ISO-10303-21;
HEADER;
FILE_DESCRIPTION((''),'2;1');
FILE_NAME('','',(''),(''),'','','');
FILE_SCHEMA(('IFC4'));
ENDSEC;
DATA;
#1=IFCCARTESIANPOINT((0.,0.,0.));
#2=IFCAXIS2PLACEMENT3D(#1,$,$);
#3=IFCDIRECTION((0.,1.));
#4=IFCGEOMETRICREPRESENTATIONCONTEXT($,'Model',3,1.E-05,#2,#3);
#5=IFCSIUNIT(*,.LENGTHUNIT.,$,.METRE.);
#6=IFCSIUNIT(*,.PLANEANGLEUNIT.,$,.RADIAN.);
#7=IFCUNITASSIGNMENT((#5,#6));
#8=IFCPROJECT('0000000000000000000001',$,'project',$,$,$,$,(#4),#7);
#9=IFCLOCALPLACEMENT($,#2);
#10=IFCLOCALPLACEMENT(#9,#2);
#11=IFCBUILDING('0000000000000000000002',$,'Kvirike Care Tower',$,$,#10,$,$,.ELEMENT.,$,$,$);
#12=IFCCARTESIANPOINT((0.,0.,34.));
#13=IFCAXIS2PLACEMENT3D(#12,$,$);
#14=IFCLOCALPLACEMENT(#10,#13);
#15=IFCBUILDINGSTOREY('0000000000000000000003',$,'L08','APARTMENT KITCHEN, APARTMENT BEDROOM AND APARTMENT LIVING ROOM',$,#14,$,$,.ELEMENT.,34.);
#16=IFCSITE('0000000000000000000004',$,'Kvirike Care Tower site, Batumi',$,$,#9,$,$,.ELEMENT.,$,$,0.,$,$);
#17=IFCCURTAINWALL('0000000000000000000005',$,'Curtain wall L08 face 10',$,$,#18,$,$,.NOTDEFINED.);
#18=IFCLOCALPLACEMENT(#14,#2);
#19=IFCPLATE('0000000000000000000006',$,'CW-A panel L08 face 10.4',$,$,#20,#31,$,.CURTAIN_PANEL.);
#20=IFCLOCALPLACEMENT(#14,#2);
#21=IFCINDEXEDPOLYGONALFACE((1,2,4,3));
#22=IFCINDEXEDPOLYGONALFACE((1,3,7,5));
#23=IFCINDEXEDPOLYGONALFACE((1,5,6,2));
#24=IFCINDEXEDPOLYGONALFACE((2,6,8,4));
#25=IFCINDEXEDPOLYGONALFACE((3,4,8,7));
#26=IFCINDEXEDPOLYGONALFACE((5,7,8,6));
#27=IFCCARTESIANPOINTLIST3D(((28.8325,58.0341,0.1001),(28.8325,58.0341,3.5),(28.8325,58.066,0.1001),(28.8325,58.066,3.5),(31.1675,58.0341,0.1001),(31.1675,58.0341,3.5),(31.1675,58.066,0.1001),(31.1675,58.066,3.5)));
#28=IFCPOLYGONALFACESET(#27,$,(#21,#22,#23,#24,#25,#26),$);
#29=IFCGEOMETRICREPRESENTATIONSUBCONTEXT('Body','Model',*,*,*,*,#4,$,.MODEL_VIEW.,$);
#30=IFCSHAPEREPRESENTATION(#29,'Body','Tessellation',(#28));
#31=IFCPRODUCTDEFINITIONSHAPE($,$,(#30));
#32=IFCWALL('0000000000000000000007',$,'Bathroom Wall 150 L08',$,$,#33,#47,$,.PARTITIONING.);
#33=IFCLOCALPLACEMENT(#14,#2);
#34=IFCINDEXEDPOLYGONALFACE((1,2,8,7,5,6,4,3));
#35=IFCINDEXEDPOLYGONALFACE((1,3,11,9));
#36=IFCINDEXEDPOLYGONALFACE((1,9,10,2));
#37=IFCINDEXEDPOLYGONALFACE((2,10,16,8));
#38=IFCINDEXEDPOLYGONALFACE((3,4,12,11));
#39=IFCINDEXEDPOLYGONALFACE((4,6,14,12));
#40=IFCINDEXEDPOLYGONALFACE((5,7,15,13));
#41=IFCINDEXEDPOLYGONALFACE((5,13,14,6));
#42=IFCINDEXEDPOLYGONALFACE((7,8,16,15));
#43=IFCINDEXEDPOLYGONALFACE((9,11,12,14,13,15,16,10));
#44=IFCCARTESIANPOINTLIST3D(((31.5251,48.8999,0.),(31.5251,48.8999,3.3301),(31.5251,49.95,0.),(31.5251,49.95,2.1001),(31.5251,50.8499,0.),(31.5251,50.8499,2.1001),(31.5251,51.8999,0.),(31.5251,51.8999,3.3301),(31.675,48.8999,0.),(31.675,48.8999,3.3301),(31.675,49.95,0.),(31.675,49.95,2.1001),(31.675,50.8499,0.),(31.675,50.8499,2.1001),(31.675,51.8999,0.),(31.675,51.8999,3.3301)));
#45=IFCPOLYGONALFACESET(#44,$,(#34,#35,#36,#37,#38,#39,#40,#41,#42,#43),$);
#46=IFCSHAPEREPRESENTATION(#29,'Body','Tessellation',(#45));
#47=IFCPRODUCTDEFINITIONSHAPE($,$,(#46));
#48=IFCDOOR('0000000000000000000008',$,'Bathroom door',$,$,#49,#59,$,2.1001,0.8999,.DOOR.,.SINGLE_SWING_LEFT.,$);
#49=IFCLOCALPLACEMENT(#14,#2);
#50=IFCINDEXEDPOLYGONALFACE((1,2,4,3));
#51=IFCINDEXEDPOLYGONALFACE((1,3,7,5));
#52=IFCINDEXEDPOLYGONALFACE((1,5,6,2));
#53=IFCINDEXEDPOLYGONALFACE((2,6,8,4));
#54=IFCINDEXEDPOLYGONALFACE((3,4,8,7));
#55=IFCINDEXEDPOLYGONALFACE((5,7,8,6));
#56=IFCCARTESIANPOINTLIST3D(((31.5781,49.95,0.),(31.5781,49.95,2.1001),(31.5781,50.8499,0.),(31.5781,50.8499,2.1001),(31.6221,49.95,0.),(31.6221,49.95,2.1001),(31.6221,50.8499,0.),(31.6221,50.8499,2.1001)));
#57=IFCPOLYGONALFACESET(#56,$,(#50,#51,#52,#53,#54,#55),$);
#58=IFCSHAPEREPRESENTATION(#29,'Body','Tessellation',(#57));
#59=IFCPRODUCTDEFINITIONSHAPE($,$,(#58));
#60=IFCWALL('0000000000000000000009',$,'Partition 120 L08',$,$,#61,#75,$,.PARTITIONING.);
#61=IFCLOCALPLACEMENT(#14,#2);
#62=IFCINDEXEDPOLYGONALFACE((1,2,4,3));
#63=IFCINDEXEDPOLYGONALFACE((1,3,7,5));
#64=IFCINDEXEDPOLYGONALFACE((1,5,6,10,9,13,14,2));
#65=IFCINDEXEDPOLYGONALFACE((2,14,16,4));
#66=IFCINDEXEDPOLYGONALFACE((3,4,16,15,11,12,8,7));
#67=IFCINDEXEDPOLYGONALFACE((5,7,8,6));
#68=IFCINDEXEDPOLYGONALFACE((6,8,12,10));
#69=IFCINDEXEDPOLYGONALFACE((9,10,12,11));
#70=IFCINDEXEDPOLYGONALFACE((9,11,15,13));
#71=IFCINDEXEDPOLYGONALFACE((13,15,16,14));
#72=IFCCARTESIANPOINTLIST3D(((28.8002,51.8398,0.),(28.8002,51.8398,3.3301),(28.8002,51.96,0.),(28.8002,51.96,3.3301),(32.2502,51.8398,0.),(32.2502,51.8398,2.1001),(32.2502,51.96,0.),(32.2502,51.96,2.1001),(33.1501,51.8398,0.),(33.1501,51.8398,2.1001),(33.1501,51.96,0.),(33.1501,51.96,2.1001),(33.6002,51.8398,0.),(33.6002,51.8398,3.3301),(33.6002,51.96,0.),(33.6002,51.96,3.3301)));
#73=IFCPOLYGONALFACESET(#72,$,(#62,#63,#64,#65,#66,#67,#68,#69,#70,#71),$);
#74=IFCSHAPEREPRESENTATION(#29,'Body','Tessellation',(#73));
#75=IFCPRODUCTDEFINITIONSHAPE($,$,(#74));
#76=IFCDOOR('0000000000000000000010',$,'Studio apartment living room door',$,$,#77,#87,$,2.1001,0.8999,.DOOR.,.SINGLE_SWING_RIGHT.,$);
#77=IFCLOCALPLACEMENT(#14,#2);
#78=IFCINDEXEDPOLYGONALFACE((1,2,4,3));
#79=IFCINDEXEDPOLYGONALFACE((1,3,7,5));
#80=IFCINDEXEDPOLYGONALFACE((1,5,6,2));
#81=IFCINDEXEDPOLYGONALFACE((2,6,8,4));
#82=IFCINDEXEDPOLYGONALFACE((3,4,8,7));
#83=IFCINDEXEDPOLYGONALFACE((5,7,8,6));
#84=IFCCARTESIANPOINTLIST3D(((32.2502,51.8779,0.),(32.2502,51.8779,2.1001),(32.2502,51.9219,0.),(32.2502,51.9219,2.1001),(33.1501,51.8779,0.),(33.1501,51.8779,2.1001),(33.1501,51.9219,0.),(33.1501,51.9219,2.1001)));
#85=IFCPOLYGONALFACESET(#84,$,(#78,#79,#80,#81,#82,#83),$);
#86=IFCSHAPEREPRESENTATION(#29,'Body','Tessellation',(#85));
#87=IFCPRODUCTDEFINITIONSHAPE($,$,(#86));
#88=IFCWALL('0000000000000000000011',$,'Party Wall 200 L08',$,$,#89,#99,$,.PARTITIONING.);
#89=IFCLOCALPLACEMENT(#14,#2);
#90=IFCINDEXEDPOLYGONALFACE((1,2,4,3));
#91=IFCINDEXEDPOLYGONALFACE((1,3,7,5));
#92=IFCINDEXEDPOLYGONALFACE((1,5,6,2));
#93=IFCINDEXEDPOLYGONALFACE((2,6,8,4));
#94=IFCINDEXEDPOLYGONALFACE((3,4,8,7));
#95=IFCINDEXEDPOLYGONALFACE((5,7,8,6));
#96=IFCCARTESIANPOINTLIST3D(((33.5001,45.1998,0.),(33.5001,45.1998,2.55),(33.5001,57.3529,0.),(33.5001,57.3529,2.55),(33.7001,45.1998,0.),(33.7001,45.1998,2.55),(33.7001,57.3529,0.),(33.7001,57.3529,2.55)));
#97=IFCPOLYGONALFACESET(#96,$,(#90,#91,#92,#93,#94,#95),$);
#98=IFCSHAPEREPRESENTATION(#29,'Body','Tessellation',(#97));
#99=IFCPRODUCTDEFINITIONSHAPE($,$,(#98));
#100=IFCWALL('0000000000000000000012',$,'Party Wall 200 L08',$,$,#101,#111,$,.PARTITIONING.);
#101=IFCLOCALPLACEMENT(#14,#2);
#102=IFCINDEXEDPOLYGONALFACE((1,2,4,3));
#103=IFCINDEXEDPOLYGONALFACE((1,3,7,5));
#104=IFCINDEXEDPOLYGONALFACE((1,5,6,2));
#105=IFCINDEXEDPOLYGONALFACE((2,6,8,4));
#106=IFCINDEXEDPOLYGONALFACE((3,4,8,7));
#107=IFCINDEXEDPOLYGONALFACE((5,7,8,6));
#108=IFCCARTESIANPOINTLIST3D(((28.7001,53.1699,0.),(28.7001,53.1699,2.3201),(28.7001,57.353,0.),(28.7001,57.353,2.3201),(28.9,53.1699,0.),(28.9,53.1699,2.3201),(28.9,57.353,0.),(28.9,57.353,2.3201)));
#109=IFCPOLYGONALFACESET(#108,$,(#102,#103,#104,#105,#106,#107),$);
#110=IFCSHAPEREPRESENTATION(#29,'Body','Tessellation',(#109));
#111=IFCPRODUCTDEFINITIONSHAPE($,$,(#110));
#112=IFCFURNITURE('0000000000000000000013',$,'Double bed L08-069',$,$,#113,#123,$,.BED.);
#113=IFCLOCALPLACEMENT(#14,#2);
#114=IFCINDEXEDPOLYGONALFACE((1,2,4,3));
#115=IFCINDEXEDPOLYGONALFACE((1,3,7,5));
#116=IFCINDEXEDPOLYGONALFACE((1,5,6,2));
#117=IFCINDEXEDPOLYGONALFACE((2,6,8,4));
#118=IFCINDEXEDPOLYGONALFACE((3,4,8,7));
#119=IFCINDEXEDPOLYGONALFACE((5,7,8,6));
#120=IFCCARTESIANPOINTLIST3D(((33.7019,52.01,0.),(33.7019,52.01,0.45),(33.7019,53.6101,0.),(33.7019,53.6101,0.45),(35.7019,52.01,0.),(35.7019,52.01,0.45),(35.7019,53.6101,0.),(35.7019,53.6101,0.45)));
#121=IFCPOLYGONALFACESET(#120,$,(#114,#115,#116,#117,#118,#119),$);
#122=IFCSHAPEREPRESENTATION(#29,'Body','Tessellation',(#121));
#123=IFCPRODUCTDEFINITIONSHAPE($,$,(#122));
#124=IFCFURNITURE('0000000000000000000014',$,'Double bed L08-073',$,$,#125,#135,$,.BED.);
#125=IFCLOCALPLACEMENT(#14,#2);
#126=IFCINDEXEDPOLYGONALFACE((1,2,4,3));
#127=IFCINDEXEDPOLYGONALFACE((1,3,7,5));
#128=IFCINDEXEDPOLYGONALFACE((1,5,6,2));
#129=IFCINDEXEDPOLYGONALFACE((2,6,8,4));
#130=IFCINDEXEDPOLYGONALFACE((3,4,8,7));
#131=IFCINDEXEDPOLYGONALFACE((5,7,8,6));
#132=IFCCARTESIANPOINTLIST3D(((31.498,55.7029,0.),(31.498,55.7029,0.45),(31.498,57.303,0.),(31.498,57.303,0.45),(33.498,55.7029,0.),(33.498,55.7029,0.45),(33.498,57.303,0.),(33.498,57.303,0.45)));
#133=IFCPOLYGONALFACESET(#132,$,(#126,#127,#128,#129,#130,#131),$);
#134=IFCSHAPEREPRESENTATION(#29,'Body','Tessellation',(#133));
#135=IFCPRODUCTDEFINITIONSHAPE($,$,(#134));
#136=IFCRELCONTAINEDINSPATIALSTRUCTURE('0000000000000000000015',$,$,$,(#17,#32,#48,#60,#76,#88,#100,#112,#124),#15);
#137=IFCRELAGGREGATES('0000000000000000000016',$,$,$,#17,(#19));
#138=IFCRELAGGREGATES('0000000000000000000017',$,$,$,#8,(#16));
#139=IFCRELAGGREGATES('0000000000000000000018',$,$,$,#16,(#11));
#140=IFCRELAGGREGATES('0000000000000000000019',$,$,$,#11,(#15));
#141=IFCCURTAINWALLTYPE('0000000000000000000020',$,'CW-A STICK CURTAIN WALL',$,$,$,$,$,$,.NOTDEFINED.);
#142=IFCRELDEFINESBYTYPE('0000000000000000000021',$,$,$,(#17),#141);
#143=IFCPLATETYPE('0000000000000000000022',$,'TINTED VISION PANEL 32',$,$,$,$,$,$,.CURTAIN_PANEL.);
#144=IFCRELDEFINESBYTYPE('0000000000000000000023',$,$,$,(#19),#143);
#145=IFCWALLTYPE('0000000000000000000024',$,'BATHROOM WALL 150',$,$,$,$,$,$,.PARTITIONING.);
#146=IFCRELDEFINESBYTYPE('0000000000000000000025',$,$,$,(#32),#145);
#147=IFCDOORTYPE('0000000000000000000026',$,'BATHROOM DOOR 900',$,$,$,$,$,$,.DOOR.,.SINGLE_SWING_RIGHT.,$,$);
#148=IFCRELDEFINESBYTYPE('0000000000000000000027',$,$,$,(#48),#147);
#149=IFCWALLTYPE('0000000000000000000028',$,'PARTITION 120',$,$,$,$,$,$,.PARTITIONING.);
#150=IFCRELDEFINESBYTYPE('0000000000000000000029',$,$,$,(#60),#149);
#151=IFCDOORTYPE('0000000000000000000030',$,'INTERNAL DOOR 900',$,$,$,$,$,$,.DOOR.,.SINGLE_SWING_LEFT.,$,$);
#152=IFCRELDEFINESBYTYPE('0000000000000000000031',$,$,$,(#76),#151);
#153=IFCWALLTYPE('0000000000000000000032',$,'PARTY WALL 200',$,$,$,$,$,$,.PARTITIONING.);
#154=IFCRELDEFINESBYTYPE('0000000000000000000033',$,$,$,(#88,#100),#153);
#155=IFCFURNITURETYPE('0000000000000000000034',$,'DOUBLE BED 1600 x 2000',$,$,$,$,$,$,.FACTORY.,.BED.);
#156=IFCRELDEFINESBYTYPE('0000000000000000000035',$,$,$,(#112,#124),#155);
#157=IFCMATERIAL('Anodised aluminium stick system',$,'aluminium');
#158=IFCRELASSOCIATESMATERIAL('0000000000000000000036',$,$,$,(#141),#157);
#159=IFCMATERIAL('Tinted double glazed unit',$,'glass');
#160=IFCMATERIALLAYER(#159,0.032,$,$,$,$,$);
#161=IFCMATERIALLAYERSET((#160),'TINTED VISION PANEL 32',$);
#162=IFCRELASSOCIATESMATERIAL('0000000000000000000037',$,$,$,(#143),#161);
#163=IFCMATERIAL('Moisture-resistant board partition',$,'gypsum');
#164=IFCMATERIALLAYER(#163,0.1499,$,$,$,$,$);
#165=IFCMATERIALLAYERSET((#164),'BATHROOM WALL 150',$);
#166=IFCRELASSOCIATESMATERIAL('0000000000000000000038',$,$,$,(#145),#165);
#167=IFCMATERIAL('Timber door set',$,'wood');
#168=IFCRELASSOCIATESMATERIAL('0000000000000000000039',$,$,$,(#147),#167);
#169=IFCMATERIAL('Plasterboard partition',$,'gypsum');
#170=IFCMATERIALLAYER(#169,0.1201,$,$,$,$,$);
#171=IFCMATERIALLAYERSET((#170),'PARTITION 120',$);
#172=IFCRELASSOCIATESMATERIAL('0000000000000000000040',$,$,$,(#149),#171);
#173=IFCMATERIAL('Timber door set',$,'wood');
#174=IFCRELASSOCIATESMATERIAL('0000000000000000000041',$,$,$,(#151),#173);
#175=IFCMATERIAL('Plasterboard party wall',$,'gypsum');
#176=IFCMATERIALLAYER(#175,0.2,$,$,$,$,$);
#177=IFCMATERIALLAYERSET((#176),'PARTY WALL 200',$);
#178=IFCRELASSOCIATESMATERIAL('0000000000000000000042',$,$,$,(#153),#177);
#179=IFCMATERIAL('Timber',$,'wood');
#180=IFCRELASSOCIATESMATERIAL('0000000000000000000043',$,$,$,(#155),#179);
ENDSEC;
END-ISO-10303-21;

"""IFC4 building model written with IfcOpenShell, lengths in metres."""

from ifc_helpers import new_model, si_unit, direction, frame, frame_2d, origin, origin_2d, place, context, subcontext, project, spatial, rectangle, extrude, material, layer, layer_set, type_object, element, fill, aggregate, save


model = new_model("IFC4")

# Units and contexts
model_context = context("Model", 3, precision=1e-05, world=origin(), true_north=direction((0.0, 1.0)))
body_context = subcontext(model_context, "Body", "Model", "MODEL_VIEW")
ifc_project = project(units=[si_unit("LENGTHUNIT", "METRE"), si_unit("PLANEANGLEUNIT", "RADIAN")], contexts=[model_context])

# Site, building, storey
site_placement = place(None, origin())
site = spatial("IfcSite", under=ifc_project, at=site_placement, Name="Kvirike Care Tower site, Batumi", CompositionType="ELEMENT", RefElevation=0.0)
building_placement = place(site_placement, origin())
building = spatial("IfcBuilding", under=site, at=building_placement, Name="Kvirike Care Tower", CompositionType="ELEMENT")
storey_placement = place(building_placement, frame((0.0, 0.0, 34.0)))
storey = spatial("IfcBuildingStorey", under=building, at=storey_placement, Name="L08", Description="APARTMENT KITCHEN, APARTMENT BEDROOM AND APARTMENT LIVING ROOM", CompositionType="ELEMENT", Elevation=34.0)

# Curtain wall
ifc_material_1 = material(Name="Anodised aluminium stick system", Category="aluminium")
curtain_wall_type = type_object("IfcCurtainWallType", Name="CW-A STICK CURTAIN WALL", PredefinedType="NOTDEFINED", material=ifc_material_1)
curtain_wall_placement = place(storey_placement, origin())
curtain_wall = element("IfcCurtainWall", 1, at=curtain_wall_placement, inside=storey, type_object=curtain_wall_type, Name="Curtain wall L08 face 10", PredefinedType="NOTDEFINED")

# Plate
ifc_material_2 = material(Name="Tinted double glazed unit", Category="glass")
ifc_layer_1 = layer(ifc_material_2, 0.032)
ifc_layer_set_1 = layer_set([ifc_layer_1], Name="TINTED VISION PANEL 32")
plate_type = type_object("IfcPlateType", Name="TINTED VISION PANEL 32", PredefinedType="CURTAIN_PANEL", material=ifc_layer_set_1)
plate_1_placement = place(storey_placement, frame((30.0, 58.05, 0.1001), z_axis=(0.0, 0.0, 1.0), x_axis=(-1.0, 0.0, 0.0)))
plate_1 = element("IfcPlate", 2, at=plate_1_placement, type_object=plate_type, Name="CW-A panel L08 face 10.4", PredefinedType="CURTAIN_PANEL", context=body_context, shape_type="SweptSolid", body=[
    extrude(rectangle(XDim=2.335, YDim=0.032, at=origin_2d()), origin(), (0.0, 0.0, 1.0), 3.3999),
])
aggregate(curtain_wall, [plate_1])

# Walls, openings, doors
ifc_material_3 = material(Name="Moisture-resistant board partition", Category="gypsum")
ifc_layer_2 = layer(ifc_material_3, 0.1499)
ifc_layer_set_2 = layer_set([ifc_layer_2], Name="BATHROOM WALL 150")
wall_type_1 = type_object("IfcWallType", Name="BATHROOM WALL 150", PredefinedType="PARTITIONING", material=ifc_layer_set_2)
wall_1_placement = place(storey_placement, frame((31.6001, 51.8999, 0.0), z_axis=(0.0, 0.0, 1.0), x_axis=(0.0, -1.0, 0.0)))
wall_1 = element("IfcWall", 3, at=wall_1_placement, inside=storey, type_object=wall_type_1, Name="Bathroom Wall 150 L08", PredefinedType="PARTITIONING", context=body_context, shape_type="SweptSolid", body=[
    extrude(rectangle(XDim=3.0, YDim=0.1499, at=frame_2d((1.5, 0.0))), origin(), (0.0, 0.0, 1.0), 3.3301),
])
opening_1_placement = place(wall_1_placement, frame((1.05, 0.0, 0.0)))
opening_1 = element("IfcOpeningElement", 4, at=opening_1_placement, cuts=wall_1, PredefinedType="OPENING", context=body_context, shape_type="SweptSolid", body=[
    extrude(rectangle(XDim=0.8999, YDim=2.1001, at=frame_2d((0.45, 1.05))), frame((0.0, 0.0854, 0.0), z_axis=(0.0, -1.0, 0.0), x_axis=(1.0, 0.0, 0.0)), (0.0, 0.0, 1.0), 0.1709),
])
ifc_material_4 = material(Name="Timber door set", Category="wood")
door_type_1 = type_object("IfcDoorType", Name="BATHROOM DOOR 900", OperationType="SINGLE_SWING_RIGHT", PredefinedType="DOOR", material=ifc_material_4)
door_1_placement = place(opening_1_placement, frame((0.8999, 0.0, 0.0), z_axis=(0.0, 0.0, 1.0), x_axis=(-1.0, 0.0, 0.0)))
door_1 = element("IfcDoor", 5, at=door_1_placement, inside=storey, type_object=door_type_1, Name="Bathroom door", OperationType="SINGLE_SWING_LEFT", OverallHeight=2.1001, OverallWidth=0.8999, PredefinedType="DOOR", context=body_context, shape_type="SweptSolid", body=[
    extrude(rectangle(XDim=0.8999, YDim=2.1001, at=frame_2d((0.45, 1.05))), frame((0.0, 0.022, 0.0), z_axis=(0.0, -1.0, 0.0), x_axis=(1.0, 0.0, 0.0)), (0.0, 0.0, 1.0), 0.0439),
])
fill(opening_1, door_1)
ifc_material_5 = material(Name="Plasterboard partition", Category="gypsum")
ifc_layer_3 = layer(ifc_material_5, 0.1201)
ifc_layer_set_3 = layer_set([ifc_layer_3], Name="PARTITION 120")
wall_type_2 = type_object("IfcWallType", Name="PARTITION 120", PredefinedType="PARTITIONING", material=ifc_layer_set_3)
wall_2_placement = place(storey_placement, frame((33.6001, 51.8999, 0.0), z_axis=(0.0, 0.0, 1.0), x_axis=(-1.0, 0.0, 0.0)))
wall_2 = element("IfcWall", 6, at=wall_2_placement, inside=storey, type_object=wall_type_2, Name="Partition 120 L08", PredefinedType="PARTITIONING", context=body_context, shape_type="SweptSolid", body=[
    extrude(rectangle(XDim=4.8, YDim=0.1201, at=frame_2d((2.3999, 0.0))), origin(), (0.0, 0.0, 1.0), 3.3301),
])
opening_2_placement = place(wall_2_placement, frame((0.45, 0.0, 0.0)))
opening_2 = element("IfcOpeningElement", 7, at=opening_2_placement, cuts=wall_2, PredefinedType="OPENING", context=body_context, shape_type="SweptSolid", body=[
    extrude(rectangle(XDim=0.8999, YDim=2.1001, at=frame_2d((0.45, 1.05))), frame((0.0, 0.0706, 0.0), z_axis=(0.0, -1.0, 0.0), x_axis=(1.0, 0.0, 0.0)), (0.0, 0.0, 1.0), 0.1411),
])
ifc_material_6 = material(Name="Timber door set", Category="wood")
door_type_2 = type_object("IfcDoorType", Name="INTERNAL DOOR 900", OperationType="SINGLE_SWING_LEFT", PredefinedType="DOOR", material=ifc_material_6)
door_2_placement = place(opening_2_placement, origin())
door_2 = element("IfcDoor", 8, at=door_2_placement, inside=storey, type_object=door_type_2, Name="Studio apartment living room door", OperationType="SINGLE_SWING_RIGHT", OverallHeight=2.1001, OverallWidth=0.8999, PredefinedType="DOOR", context=body_context, shape_type="SweptSolid", body=[
    extrude(rectangle(XDim=0.8999, YDim=2.1001, at=frame_2d((0.45, 1.05))), frame((0.0, 0.022, 0.0), z_axis=(0.0, -1.0, 0.0), x_axis=(1.0, 0.0, 0.0)), (0.0, 0.0, 1.0), 0.0439),
])
fill(opening_2, door_2)

# Walls
ifc_material_7 = material(Name="Plasterboard party wall", Category="gypsum")
ifc_layer_4 = layer(ifc_material_7, 0.2)
ifc_layer_set_4 = layer_set([ifc_layer_4], Name="PARTY WALL 200")
wall_type_3 = type_object("IfcWallType", Name="PARTY WALL 200", PredefinedType="PARTITIONING", material=ifc_layer_set_4)
wall_3_placement = place(storey_placement, frame((33.6001, 57.353, 0.0), z_axis=(0.0, 0.0, 1.0), x_axis=(0.0, -1.0, 0.0)))
element("IfcWall", 9, at=wall_3_placement, inside=storey, type_object=wall_type_3, Name="Party Wall 200 L08", PredefinedType="PARTITIONING", context=body_context, shape_type="SweptSolid", body=[
    extrude(rectangle(XDim=12.1531, YDim=0.2, at=frame_2d((6.0767, 0.0))), origin(), (0.0, 0.0, 1.0), 2.55),
])
wall_4_placement = place(storey_placement, frame((28.8, 53.1699, 0.0), z_axis=(0.0, 0.0, 1.0), x_axis=(0.0, 1.0, 0.0)))
element("IfcWall", 10, at=wall_4_placement, inside=storey, type_object=wall_type_3, Name="Party Wall 200 L08", PredefinedType="PARTITIONING", context=body_context, shape_type="SweptSolid", body=[
    extrude(rectangle(XDim=4.1831, YDim=0.2, at=frame_2d((2.0916, 0.0))), origin(), (0.0, 0.0, 1.0), 2.3201),
])

# Furniture
ifc_material_8 = material(Name="Timber", Category="wood")
furniture_type = type_object("IfcFurnitureType", Name="DOUBLE BED 1600 x 2000", AssemblyPlace="FACTORY", PredefinedType="BED", material=ifc_material_8)
for number, where, z_axis, x_axis, name in (
    (11, (34.7019, 52.8101, 0.0), (0.0, 0.0, 1.0), (0.0, 1.0, 0.0), "Double bed L08-069"),
    (12, (32.498, 56.5029, 0.0), (0.0, 0.0, 1.0), (0.0, -1.0, 0.0), "Double bed L08-073"),
):
    element("IfcFurniture", number, at=place(storey_placement, frame(where, z_axis=z_axis, x_axis=x_axis)), inside=storey, type_object=furniture_type, Name=name, PredefinedType="BED", context=body_context, shape_type="SweptSolid", body=[
        extrude(rectangle(XDim=1.6001, YDim=2.0, at=origin_2d()), origin(), (0.0, 0.0, 1.0), 0.45),
    ])

save(model, "model.ifc")
